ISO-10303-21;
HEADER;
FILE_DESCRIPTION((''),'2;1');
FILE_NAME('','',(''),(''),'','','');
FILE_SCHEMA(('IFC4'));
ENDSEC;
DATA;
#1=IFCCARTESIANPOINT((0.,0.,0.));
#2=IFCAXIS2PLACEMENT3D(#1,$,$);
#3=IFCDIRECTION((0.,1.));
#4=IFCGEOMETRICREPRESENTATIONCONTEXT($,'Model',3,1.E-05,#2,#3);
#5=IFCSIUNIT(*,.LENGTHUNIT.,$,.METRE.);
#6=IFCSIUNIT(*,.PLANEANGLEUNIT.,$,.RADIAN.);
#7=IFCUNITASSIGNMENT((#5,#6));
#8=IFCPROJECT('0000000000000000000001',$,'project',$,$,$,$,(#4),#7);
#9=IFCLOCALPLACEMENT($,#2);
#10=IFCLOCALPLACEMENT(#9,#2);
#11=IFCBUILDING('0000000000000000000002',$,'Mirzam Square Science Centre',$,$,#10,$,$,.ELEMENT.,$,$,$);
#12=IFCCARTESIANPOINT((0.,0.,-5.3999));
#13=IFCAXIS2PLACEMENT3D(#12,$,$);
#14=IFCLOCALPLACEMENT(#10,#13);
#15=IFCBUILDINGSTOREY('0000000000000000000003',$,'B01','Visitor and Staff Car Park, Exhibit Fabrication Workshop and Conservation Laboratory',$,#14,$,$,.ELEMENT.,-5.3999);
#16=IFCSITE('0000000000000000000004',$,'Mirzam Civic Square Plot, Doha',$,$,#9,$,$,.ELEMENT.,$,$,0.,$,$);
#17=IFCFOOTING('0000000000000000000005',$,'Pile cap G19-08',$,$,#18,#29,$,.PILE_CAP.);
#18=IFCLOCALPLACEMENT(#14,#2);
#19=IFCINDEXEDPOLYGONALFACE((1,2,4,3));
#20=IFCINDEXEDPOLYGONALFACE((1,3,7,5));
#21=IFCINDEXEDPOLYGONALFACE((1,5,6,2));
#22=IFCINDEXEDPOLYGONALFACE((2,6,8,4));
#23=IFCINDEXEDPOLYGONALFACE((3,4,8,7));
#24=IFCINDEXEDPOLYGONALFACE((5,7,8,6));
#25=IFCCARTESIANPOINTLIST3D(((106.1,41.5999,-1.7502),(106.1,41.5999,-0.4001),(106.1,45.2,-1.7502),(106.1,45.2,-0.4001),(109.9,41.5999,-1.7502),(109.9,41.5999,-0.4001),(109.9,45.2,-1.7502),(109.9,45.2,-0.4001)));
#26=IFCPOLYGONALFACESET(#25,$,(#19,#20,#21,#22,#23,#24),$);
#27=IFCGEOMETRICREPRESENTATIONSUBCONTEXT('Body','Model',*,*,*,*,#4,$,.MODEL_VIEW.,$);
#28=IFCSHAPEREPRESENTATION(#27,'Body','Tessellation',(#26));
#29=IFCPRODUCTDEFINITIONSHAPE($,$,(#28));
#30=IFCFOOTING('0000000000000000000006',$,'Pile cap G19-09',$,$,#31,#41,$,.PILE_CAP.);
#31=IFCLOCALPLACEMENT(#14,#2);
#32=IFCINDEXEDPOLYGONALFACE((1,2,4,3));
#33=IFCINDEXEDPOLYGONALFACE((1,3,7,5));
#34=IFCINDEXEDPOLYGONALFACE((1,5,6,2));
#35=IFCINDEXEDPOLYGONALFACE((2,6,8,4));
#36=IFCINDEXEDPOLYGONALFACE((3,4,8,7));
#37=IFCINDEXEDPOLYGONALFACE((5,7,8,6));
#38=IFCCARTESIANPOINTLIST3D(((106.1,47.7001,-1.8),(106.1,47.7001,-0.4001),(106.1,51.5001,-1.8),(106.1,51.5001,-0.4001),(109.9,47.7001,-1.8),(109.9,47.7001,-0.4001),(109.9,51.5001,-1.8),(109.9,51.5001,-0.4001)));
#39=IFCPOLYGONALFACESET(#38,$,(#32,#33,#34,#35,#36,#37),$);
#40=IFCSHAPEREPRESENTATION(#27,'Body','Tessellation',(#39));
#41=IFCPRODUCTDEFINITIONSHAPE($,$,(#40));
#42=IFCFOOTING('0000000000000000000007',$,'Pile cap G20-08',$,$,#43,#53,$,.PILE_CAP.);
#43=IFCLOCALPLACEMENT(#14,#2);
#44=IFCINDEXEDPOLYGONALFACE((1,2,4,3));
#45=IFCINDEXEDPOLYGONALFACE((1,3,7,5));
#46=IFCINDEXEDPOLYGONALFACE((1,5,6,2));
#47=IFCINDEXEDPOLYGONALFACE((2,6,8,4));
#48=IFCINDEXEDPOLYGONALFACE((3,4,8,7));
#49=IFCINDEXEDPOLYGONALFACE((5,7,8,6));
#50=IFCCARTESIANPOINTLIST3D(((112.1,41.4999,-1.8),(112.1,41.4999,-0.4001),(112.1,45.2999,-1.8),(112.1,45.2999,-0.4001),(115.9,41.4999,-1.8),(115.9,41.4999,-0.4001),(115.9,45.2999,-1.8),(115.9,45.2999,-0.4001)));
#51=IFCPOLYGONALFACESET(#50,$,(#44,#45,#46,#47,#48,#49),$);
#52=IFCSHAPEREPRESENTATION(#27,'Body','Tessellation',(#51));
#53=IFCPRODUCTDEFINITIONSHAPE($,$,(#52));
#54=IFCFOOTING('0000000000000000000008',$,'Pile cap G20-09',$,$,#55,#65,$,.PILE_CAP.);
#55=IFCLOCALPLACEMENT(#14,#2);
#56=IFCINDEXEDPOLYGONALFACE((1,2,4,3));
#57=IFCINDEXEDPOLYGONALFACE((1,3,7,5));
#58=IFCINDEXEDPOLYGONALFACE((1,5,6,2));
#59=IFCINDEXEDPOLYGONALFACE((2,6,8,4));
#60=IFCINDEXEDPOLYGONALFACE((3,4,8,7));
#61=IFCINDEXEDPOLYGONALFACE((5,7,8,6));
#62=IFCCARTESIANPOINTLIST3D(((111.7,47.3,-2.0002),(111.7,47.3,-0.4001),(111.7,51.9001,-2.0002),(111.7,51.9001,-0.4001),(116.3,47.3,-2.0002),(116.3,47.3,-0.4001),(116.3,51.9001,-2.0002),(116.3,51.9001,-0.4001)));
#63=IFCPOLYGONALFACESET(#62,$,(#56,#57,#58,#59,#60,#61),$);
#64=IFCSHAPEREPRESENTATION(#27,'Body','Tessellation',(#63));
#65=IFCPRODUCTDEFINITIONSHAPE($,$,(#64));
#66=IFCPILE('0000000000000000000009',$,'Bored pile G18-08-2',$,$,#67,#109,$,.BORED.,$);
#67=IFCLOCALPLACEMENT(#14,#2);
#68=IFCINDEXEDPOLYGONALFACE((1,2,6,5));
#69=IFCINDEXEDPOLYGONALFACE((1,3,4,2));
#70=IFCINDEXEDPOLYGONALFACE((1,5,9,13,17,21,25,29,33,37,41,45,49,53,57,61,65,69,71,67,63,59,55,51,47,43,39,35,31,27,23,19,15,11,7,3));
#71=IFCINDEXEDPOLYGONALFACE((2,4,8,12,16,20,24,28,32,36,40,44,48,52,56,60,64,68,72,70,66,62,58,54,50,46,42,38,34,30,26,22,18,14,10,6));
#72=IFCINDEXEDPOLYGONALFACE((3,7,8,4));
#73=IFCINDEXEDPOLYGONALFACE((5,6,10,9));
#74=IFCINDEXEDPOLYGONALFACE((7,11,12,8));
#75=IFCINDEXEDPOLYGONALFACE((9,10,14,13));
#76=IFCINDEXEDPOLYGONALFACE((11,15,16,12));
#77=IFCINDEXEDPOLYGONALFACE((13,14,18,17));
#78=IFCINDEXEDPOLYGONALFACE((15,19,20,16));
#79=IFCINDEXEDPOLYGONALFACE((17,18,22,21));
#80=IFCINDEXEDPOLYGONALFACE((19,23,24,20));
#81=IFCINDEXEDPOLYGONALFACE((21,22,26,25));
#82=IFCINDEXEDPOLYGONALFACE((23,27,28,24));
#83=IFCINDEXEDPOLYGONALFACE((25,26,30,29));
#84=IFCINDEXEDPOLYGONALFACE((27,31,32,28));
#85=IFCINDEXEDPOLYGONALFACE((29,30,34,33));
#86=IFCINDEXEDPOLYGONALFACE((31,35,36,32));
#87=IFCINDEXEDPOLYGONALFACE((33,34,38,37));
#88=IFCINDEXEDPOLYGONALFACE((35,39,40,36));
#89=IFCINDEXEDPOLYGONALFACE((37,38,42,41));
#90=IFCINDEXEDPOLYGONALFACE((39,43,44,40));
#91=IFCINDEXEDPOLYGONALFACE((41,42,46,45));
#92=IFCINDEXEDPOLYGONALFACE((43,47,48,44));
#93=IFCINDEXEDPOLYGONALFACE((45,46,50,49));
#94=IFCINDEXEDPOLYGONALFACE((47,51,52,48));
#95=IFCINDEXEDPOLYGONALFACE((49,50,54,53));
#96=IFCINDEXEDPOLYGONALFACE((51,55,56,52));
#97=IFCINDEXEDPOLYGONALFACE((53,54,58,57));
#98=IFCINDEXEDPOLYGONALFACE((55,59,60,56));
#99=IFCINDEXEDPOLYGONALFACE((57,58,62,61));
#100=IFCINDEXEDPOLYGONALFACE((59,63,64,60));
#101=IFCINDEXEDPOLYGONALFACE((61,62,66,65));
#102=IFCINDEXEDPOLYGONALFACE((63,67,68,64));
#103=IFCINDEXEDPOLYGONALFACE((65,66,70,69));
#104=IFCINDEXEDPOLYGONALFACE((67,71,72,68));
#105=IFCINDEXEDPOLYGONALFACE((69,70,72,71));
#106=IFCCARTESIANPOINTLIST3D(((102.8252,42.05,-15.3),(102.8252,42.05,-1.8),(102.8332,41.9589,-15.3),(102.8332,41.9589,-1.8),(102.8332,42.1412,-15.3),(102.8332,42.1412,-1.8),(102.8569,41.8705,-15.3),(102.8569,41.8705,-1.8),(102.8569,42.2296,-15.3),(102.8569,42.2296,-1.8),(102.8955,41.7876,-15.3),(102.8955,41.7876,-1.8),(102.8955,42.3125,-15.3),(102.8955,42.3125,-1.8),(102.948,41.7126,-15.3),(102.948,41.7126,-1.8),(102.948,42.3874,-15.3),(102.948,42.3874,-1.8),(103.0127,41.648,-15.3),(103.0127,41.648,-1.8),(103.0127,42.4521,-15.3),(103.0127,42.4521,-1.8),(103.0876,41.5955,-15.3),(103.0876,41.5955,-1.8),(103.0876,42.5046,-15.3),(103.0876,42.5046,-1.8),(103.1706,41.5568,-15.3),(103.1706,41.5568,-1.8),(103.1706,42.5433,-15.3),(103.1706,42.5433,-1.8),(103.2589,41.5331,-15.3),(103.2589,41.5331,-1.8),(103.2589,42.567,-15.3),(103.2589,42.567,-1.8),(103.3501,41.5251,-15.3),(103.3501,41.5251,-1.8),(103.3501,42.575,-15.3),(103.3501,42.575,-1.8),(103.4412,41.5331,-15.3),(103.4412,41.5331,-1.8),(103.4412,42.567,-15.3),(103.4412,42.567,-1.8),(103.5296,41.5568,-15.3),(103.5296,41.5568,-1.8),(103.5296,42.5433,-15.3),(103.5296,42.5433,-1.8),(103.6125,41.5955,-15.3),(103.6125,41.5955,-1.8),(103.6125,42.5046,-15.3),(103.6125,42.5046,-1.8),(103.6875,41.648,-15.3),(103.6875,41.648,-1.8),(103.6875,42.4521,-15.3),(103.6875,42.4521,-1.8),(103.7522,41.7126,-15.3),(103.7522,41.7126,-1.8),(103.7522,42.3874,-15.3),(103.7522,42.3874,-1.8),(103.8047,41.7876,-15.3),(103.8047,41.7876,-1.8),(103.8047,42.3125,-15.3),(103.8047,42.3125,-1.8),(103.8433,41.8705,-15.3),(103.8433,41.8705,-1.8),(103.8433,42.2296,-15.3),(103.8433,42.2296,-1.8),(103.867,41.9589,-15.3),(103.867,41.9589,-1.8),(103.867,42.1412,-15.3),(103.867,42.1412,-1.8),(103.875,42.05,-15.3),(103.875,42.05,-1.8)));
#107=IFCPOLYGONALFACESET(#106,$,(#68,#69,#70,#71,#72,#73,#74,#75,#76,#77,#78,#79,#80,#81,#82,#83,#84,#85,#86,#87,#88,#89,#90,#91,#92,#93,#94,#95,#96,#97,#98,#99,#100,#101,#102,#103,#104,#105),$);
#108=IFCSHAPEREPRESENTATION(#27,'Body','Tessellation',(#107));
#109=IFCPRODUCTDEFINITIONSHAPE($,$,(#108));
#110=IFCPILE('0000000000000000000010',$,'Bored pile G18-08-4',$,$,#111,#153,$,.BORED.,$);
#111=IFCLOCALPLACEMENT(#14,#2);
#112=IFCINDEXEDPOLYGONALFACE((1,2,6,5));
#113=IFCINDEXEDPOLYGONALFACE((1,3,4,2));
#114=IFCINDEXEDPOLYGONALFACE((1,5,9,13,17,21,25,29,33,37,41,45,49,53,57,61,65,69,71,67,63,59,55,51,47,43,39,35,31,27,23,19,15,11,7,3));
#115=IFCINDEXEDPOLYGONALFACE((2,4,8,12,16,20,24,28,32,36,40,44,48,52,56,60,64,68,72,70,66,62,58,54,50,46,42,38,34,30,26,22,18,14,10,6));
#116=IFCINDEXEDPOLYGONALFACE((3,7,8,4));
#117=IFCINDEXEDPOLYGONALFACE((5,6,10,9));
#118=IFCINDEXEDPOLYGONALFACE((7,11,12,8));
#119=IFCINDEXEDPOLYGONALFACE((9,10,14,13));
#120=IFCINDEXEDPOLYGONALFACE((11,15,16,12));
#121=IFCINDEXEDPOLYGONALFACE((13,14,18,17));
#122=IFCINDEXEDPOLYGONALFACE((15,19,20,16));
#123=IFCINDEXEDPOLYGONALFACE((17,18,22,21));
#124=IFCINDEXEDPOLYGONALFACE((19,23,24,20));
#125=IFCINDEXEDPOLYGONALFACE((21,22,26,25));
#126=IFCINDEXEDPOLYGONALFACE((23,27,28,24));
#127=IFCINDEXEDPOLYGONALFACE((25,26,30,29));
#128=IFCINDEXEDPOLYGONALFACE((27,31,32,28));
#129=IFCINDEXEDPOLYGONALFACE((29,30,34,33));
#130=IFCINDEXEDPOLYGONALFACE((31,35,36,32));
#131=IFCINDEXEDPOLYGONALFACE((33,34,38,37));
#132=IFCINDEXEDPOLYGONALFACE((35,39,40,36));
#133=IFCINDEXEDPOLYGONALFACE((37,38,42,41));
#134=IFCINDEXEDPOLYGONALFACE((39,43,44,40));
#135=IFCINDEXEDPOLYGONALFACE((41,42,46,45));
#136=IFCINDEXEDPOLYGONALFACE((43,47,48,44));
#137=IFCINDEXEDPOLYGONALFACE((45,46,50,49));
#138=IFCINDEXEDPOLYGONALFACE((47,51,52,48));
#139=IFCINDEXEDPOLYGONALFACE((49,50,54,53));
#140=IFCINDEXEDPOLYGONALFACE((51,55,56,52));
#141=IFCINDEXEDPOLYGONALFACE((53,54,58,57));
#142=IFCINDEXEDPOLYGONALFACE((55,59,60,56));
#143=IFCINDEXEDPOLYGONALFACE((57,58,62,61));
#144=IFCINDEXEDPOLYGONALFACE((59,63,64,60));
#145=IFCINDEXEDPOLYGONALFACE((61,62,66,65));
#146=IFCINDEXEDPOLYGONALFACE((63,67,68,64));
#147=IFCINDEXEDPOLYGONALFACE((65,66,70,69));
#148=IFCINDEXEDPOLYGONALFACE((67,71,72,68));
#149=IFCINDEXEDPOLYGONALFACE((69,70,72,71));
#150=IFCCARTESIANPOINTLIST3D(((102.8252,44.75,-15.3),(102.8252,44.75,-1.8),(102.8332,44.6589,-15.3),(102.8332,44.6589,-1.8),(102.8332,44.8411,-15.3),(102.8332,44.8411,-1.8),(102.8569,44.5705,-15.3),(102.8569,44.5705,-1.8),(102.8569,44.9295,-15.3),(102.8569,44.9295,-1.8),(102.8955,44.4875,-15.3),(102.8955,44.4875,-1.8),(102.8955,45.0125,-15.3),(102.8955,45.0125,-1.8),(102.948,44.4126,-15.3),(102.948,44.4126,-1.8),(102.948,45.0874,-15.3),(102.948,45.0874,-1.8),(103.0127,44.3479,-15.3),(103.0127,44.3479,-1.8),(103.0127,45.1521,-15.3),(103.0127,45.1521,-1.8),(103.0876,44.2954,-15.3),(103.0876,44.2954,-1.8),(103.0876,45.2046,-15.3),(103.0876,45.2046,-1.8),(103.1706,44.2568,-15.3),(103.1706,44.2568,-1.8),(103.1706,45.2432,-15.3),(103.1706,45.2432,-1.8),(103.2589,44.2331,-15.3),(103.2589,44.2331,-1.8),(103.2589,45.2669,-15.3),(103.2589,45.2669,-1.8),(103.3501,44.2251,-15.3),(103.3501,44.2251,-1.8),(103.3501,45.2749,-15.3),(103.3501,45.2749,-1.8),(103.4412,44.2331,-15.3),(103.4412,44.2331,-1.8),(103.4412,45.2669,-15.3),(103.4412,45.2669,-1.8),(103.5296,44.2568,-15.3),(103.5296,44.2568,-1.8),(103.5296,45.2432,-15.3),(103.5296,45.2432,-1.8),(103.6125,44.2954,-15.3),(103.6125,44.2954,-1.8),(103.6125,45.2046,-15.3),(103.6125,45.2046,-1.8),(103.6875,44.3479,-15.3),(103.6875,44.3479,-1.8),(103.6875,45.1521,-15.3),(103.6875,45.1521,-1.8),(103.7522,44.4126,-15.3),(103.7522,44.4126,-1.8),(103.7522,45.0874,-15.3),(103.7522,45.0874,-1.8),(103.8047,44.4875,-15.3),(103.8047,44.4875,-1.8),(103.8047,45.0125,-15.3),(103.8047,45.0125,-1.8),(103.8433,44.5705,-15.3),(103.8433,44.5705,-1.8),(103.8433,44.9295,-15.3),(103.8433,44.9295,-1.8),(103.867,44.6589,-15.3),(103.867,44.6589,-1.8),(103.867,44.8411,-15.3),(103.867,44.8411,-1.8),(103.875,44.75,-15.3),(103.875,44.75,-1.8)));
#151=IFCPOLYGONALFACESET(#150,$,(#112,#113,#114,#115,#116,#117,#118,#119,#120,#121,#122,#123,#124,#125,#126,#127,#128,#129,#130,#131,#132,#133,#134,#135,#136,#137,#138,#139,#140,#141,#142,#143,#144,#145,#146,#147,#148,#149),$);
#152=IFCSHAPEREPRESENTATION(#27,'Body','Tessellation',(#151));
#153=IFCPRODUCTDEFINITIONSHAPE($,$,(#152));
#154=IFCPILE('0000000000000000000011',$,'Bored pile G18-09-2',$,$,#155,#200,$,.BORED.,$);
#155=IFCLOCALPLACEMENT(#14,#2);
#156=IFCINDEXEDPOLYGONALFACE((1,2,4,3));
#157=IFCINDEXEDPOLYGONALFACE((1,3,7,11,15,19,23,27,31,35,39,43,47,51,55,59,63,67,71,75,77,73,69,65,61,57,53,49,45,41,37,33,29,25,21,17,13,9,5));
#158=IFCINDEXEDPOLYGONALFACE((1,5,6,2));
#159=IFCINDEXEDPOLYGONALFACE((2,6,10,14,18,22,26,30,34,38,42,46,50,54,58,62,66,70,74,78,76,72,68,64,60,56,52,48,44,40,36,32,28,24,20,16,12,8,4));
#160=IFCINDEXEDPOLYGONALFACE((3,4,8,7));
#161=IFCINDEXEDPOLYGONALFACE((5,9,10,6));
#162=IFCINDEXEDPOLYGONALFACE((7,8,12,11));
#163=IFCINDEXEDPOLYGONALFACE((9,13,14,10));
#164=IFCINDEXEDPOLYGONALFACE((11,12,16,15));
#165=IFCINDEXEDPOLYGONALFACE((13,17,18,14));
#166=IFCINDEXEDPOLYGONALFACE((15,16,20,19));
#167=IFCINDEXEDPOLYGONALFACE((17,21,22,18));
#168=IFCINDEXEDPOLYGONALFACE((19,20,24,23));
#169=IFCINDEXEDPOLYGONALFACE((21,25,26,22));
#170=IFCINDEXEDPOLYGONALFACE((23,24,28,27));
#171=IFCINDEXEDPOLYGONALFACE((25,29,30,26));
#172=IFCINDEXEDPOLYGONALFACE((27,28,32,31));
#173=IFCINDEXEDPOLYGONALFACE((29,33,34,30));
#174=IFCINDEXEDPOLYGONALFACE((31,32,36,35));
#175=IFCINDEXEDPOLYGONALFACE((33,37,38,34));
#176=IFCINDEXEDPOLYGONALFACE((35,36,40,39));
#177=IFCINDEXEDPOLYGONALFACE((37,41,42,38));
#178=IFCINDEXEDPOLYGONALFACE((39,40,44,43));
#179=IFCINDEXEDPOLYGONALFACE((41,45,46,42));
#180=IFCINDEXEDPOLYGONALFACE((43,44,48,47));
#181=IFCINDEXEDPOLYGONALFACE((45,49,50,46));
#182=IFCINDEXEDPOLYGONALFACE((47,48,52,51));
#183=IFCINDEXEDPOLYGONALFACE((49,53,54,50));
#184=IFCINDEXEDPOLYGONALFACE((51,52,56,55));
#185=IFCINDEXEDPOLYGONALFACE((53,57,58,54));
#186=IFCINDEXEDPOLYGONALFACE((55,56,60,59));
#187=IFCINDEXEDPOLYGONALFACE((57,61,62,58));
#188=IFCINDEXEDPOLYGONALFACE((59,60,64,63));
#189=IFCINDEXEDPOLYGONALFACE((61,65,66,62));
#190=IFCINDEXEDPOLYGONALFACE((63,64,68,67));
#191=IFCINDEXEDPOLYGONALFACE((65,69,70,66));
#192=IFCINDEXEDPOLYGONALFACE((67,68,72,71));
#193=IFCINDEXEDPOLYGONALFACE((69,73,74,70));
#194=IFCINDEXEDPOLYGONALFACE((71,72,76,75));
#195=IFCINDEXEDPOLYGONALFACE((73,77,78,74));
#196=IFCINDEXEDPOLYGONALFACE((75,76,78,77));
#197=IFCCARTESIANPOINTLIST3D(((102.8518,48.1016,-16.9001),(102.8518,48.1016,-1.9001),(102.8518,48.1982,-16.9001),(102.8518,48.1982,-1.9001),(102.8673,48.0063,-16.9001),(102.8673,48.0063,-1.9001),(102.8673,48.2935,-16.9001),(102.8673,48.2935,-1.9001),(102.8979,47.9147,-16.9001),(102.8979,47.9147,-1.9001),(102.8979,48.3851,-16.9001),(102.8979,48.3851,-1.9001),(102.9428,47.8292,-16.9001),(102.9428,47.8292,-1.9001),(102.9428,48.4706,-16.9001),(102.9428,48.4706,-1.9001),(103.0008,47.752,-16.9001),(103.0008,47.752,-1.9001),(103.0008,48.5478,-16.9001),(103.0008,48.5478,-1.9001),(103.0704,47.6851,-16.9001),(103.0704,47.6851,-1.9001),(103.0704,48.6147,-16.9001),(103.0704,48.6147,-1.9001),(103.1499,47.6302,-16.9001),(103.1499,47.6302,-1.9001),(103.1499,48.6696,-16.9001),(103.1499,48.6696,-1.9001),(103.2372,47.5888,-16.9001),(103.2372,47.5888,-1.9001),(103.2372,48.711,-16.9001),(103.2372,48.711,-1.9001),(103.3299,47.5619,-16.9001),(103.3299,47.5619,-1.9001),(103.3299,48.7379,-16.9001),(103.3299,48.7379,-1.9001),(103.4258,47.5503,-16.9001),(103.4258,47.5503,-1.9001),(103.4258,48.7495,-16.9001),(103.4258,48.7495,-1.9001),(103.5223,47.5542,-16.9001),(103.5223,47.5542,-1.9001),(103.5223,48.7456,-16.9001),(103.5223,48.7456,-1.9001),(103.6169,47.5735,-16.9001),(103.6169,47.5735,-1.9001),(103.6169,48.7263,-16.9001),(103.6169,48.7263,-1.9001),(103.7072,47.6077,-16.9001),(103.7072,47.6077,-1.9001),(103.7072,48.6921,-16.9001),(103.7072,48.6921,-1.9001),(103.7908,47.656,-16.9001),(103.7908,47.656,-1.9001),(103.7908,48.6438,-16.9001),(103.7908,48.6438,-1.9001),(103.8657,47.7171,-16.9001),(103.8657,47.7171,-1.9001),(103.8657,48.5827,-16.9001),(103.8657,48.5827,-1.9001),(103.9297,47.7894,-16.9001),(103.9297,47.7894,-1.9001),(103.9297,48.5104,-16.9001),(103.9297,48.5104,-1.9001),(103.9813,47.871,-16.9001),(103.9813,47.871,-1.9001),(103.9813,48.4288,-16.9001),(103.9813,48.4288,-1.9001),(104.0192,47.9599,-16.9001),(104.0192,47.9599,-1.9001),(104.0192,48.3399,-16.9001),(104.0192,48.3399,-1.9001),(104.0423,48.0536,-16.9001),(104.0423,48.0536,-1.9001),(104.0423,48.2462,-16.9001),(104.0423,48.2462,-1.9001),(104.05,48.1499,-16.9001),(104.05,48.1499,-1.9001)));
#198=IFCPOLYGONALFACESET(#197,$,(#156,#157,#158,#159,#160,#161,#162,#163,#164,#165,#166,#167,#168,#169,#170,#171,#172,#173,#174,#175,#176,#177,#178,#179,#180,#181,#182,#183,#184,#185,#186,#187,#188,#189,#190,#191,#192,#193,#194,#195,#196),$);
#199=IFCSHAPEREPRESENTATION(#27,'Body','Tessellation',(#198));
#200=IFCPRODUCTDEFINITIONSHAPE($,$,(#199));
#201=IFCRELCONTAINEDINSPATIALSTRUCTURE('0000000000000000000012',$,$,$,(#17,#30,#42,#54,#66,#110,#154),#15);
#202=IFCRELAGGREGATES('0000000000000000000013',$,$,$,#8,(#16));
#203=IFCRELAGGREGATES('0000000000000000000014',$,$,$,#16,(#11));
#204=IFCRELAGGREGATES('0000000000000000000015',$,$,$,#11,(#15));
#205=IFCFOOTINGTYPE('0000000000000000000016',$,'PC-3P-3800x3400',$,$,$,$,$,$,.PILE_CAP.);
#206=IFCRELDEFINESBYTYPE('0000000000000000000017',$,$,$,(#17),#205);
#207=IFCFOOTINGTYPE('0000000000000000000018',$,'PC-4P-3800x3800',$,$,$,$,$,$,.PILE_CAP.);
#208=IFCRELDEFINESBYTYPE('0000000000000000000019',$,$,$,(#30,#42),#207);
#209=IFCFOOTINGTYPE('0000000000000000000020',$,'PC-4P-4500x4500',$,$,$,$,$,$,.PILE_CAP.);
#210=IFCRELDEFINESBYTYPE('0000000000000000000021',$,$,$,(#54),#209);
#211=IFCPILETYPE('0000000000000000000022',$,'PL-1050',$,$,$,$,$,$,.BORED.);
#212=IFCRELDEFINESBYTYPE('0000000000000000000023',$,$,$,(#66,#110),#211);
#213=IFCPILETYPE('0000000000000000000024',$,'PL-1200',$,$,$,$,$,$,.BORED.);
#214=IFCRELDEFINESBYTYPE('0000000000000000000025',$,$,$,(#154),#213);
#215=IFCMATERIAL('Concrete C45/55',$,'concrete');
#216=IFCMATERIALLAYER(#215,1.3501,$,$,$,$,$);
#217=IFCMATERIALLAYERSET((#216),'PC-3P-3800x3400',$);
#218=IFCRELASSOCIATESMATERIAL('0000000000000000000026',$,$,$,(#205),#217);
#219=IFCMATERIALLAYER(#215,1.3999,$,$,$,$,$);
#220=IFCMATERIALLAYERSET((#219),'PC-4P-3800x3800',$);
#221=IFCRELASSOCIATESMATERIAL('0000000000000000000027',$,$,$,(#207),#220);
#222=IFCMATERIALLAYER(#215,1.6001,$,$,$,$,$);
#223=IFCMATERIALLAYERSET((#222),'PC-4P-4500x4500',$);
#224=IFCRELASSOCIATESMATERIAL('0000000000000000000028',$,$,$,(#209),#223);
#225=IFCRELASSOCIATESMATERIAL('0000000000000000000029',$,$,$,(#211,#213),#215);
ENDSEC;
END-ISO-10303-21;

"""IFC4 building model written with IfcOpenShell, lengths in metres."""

from ifc_helpers import new_model, si_unit, direction, frame, origin, origin_2d, place, context, subcontext, project, spatial, rectangle, circle, extrude, material, layer, layer_set, material_profile, profile_set, type_object, element, save


model = new_model("IFC4")

# Units and contexts
model_context = context("Model", 3, precision=1e-05, world=origin(), true_north=direction((0.0, 1.0)))
body_context = subcontext(model_context, "Body", "Model", "MODEL_VIEW")
ifc_project = project(units=[si_unit("LENGTHUNIT", "METRE"), si_unit("PLANEANGLEUNIT", "RADIAN")], contexts=[model_context])

# Site, building, storey
site_placement = place(None, origin())
site = spatial("IfcSite", under=ifc_project, at=site_placement, Name="Mirzam Civic Square Plot, Doha", CompositionType="ELEMENT", RefElevation=0.0)
building_placement = place(site_placement, origin())
building = spatial("IfcBuilding", under=site, at=building_placement, Name="Mirzam Square Science Centre", CompositionType="ELEMENT")
storey_placement = place(building_placement, frame((0.0, 0.0, -5.3999)))
storey = spatial("IfcBuildingStorey", under=building, at=storey_placement, Name="B01", Description="Visitor and Staff Car Park, Exhibit Fabrication Workshop and Conservation Laboratory", CompositionType="ELEMENT", Elevation=-5.3999)

# Footings
ifc_material_1 = material(Name="Concrete C45/55", Category="concrete")
ifc_layer_1 = layer(ifc_material_1, 1.3501)
ifc_layer_set_1 = layer_set([ifc_layer_1], Name="PC-3P-3800x3400")
footing_type_1 = type_object("IfcFootingType", Name="PC-3P-3800x3400", PredefinedType="PILE_CAP", material=ifc_layer_set_1)
footing_1_placement = place(storey_placement, frame((108.0, 43.3999, -1.7502), z_axis=(0.0, 0.0, 1.0), x_axis=(1.0, 0.0, 0.0)))
element("IfcFooting", 1, at=footing_1_placement, inside=storey, type_object=footing_type_1, Name="Pile cap G19-08", PredefinedType="PILE_CAP", context=body_context, shape_type="SweptSolid", body=[
    extrude(rectangle(XDim=3.8, YDim=3.6001, at=origin_2d()), origin(), (0.0, 0.0, 1.0), 1.3501),
])
ifc_layer_2 = layer(ifc_material_1, 1.3999)
ifc_layer_set_2 = layer_set([ifc_layer_2], Name="PC-4P-3800x3800")
footing_type_2 = type_object("IfcFootingType", Name="PC-4P-3800x3800", PredefinedType="PILE_CAP", material=ifc_layer_set_2)
for number, where, z_axis, x_axis, name in (
    (2, (108.0, 49.6001, -1.8), (0.0, 0.0, 1.0), (1.0, 0.0, 0.0), "Pile cap G19-09"),
    (3, (114.0, 43.3999, -1.8), (0.0, 0.0, 1.0), (1.0, 0.0, 0.0), "Pile cap G20-08"),
):
    element("IfcFooting", number, at=place(storey_placement, frame(where, z_axis=z_axis, x_axis=x_axis)), inside=storey, type_object=footing_type_2, Name=name, PredefinedType="PILE_CAP", context=body_context, shape_type="SweptSolid", body=[
        extrude(rectangle(XDim=3.8, YDim=3.8, at=origin_2d()), origin(), (0.0, 0.0, 1.0), 1.3999),
    ])
ifc_layer_3 = layer(ifc_material_1, 1.6001)
ifc_layer_set_3 = layer_set([ifc_layer_3], Name="PC-4P-4500x4500")
footing_type_3 = type_object("IfcFootingType", Name="PC-4P-4500x4500", PredefinedType="PILE_CAP", material=ifc_layer_set_3)
footing_2_placement = place(storey_placement, frame((114.0, 49.6001, -2.0002), z_axis=(0.0, 0.0, 1.0), x_axis=(1.0, 0.0, 0.0)))
element("IfcFooting", 4, at=footing_2_placement, inside=storey, type_object=footing_type_3, Name="Pile cap G20-09", PredefinedType="PILE_CAP", context=body_context, shape_type="SweptSolid", body=[
    extrude(rectangle(XDim=4.6001, YDim=4.6001, at=origin_2d()), origin(), (0.0, 0.0, 1.0), 1.6001),
])

# Piles
ifc_material_profile_1 = material_profile(ifc_material_1, circle(Radius=0.5249, at=origin_2d()), Name="PILE-D1050")
ifc_profile_set_1 = profile_set([ifc_material_profile_1], Name="Concrete C45/55")
pile_type_1 = type_object("IfcPileType", Name="PL-1050", PredefinedType="BORED", material=ifc_profile_set_1)
for number, where, z_axis, x_axis, name in (
    (5, (103.3501, 42.05, -1.8), (0.0, 0.0, -1.0), (1.0, 0.0, 0.0), "Bored pile G18-08-2"),
    (6, (103.3501, 44.75, -1.8), (0.0, 0.0, -1.0), (1.0, 0.0, 0.0), "Bored pile G18-08-4"),
):
    element("IfcPile", number, at=place(storey_placement, frame(where, z_axis=z_axis, x_axis=x_axis)), inside=storey, type_object=pile_type_1, Name=name, PredefinedType="BORED", context=body_context, shape_type="SweptSolid", body=[
        extrude(circle(Radius=0.5249, at=origin_2d()), origin(), (0.0, 0.0, 1.0), 13.5),
    ])
ifc_material_profile_2 = material_profile(ifc_material_1, circle(Radius=0.6001, at=origin_2d()), Name="PILE-D1200")
ifc_profile_set_2 = profile_set([ifc_material_profile_2], Name="Concrete C45/55")
pile_type_2 = type_object("IfcPileType", Name="PL-1200", PredefinedType="BORED", material=ifc_profile_set_2)
for number, where, z_axis, x_axis, name in (
    (7, (103.45, 48.1499, -1.9001), (0.0, 0.0, -1.0), (1.0, 0.0, 0.0), "Bored pile G18-09-2"),
):
    element("IfcPile", number, at=place(storey_placement, frame(where, z_axis=z_axis, x_axis=x_axis)), inside=storey, type_object=pile_type_2, Name=name, PredefinedType="BORED", context=body_context, shape_type="SweptSolid", body=[
        extrude(circle(Radius=0.6001, at=origin_2d()), origin(), (0.0, 0.0, 1.0), 15.0),
    ])

save(model, "model.ifc")
